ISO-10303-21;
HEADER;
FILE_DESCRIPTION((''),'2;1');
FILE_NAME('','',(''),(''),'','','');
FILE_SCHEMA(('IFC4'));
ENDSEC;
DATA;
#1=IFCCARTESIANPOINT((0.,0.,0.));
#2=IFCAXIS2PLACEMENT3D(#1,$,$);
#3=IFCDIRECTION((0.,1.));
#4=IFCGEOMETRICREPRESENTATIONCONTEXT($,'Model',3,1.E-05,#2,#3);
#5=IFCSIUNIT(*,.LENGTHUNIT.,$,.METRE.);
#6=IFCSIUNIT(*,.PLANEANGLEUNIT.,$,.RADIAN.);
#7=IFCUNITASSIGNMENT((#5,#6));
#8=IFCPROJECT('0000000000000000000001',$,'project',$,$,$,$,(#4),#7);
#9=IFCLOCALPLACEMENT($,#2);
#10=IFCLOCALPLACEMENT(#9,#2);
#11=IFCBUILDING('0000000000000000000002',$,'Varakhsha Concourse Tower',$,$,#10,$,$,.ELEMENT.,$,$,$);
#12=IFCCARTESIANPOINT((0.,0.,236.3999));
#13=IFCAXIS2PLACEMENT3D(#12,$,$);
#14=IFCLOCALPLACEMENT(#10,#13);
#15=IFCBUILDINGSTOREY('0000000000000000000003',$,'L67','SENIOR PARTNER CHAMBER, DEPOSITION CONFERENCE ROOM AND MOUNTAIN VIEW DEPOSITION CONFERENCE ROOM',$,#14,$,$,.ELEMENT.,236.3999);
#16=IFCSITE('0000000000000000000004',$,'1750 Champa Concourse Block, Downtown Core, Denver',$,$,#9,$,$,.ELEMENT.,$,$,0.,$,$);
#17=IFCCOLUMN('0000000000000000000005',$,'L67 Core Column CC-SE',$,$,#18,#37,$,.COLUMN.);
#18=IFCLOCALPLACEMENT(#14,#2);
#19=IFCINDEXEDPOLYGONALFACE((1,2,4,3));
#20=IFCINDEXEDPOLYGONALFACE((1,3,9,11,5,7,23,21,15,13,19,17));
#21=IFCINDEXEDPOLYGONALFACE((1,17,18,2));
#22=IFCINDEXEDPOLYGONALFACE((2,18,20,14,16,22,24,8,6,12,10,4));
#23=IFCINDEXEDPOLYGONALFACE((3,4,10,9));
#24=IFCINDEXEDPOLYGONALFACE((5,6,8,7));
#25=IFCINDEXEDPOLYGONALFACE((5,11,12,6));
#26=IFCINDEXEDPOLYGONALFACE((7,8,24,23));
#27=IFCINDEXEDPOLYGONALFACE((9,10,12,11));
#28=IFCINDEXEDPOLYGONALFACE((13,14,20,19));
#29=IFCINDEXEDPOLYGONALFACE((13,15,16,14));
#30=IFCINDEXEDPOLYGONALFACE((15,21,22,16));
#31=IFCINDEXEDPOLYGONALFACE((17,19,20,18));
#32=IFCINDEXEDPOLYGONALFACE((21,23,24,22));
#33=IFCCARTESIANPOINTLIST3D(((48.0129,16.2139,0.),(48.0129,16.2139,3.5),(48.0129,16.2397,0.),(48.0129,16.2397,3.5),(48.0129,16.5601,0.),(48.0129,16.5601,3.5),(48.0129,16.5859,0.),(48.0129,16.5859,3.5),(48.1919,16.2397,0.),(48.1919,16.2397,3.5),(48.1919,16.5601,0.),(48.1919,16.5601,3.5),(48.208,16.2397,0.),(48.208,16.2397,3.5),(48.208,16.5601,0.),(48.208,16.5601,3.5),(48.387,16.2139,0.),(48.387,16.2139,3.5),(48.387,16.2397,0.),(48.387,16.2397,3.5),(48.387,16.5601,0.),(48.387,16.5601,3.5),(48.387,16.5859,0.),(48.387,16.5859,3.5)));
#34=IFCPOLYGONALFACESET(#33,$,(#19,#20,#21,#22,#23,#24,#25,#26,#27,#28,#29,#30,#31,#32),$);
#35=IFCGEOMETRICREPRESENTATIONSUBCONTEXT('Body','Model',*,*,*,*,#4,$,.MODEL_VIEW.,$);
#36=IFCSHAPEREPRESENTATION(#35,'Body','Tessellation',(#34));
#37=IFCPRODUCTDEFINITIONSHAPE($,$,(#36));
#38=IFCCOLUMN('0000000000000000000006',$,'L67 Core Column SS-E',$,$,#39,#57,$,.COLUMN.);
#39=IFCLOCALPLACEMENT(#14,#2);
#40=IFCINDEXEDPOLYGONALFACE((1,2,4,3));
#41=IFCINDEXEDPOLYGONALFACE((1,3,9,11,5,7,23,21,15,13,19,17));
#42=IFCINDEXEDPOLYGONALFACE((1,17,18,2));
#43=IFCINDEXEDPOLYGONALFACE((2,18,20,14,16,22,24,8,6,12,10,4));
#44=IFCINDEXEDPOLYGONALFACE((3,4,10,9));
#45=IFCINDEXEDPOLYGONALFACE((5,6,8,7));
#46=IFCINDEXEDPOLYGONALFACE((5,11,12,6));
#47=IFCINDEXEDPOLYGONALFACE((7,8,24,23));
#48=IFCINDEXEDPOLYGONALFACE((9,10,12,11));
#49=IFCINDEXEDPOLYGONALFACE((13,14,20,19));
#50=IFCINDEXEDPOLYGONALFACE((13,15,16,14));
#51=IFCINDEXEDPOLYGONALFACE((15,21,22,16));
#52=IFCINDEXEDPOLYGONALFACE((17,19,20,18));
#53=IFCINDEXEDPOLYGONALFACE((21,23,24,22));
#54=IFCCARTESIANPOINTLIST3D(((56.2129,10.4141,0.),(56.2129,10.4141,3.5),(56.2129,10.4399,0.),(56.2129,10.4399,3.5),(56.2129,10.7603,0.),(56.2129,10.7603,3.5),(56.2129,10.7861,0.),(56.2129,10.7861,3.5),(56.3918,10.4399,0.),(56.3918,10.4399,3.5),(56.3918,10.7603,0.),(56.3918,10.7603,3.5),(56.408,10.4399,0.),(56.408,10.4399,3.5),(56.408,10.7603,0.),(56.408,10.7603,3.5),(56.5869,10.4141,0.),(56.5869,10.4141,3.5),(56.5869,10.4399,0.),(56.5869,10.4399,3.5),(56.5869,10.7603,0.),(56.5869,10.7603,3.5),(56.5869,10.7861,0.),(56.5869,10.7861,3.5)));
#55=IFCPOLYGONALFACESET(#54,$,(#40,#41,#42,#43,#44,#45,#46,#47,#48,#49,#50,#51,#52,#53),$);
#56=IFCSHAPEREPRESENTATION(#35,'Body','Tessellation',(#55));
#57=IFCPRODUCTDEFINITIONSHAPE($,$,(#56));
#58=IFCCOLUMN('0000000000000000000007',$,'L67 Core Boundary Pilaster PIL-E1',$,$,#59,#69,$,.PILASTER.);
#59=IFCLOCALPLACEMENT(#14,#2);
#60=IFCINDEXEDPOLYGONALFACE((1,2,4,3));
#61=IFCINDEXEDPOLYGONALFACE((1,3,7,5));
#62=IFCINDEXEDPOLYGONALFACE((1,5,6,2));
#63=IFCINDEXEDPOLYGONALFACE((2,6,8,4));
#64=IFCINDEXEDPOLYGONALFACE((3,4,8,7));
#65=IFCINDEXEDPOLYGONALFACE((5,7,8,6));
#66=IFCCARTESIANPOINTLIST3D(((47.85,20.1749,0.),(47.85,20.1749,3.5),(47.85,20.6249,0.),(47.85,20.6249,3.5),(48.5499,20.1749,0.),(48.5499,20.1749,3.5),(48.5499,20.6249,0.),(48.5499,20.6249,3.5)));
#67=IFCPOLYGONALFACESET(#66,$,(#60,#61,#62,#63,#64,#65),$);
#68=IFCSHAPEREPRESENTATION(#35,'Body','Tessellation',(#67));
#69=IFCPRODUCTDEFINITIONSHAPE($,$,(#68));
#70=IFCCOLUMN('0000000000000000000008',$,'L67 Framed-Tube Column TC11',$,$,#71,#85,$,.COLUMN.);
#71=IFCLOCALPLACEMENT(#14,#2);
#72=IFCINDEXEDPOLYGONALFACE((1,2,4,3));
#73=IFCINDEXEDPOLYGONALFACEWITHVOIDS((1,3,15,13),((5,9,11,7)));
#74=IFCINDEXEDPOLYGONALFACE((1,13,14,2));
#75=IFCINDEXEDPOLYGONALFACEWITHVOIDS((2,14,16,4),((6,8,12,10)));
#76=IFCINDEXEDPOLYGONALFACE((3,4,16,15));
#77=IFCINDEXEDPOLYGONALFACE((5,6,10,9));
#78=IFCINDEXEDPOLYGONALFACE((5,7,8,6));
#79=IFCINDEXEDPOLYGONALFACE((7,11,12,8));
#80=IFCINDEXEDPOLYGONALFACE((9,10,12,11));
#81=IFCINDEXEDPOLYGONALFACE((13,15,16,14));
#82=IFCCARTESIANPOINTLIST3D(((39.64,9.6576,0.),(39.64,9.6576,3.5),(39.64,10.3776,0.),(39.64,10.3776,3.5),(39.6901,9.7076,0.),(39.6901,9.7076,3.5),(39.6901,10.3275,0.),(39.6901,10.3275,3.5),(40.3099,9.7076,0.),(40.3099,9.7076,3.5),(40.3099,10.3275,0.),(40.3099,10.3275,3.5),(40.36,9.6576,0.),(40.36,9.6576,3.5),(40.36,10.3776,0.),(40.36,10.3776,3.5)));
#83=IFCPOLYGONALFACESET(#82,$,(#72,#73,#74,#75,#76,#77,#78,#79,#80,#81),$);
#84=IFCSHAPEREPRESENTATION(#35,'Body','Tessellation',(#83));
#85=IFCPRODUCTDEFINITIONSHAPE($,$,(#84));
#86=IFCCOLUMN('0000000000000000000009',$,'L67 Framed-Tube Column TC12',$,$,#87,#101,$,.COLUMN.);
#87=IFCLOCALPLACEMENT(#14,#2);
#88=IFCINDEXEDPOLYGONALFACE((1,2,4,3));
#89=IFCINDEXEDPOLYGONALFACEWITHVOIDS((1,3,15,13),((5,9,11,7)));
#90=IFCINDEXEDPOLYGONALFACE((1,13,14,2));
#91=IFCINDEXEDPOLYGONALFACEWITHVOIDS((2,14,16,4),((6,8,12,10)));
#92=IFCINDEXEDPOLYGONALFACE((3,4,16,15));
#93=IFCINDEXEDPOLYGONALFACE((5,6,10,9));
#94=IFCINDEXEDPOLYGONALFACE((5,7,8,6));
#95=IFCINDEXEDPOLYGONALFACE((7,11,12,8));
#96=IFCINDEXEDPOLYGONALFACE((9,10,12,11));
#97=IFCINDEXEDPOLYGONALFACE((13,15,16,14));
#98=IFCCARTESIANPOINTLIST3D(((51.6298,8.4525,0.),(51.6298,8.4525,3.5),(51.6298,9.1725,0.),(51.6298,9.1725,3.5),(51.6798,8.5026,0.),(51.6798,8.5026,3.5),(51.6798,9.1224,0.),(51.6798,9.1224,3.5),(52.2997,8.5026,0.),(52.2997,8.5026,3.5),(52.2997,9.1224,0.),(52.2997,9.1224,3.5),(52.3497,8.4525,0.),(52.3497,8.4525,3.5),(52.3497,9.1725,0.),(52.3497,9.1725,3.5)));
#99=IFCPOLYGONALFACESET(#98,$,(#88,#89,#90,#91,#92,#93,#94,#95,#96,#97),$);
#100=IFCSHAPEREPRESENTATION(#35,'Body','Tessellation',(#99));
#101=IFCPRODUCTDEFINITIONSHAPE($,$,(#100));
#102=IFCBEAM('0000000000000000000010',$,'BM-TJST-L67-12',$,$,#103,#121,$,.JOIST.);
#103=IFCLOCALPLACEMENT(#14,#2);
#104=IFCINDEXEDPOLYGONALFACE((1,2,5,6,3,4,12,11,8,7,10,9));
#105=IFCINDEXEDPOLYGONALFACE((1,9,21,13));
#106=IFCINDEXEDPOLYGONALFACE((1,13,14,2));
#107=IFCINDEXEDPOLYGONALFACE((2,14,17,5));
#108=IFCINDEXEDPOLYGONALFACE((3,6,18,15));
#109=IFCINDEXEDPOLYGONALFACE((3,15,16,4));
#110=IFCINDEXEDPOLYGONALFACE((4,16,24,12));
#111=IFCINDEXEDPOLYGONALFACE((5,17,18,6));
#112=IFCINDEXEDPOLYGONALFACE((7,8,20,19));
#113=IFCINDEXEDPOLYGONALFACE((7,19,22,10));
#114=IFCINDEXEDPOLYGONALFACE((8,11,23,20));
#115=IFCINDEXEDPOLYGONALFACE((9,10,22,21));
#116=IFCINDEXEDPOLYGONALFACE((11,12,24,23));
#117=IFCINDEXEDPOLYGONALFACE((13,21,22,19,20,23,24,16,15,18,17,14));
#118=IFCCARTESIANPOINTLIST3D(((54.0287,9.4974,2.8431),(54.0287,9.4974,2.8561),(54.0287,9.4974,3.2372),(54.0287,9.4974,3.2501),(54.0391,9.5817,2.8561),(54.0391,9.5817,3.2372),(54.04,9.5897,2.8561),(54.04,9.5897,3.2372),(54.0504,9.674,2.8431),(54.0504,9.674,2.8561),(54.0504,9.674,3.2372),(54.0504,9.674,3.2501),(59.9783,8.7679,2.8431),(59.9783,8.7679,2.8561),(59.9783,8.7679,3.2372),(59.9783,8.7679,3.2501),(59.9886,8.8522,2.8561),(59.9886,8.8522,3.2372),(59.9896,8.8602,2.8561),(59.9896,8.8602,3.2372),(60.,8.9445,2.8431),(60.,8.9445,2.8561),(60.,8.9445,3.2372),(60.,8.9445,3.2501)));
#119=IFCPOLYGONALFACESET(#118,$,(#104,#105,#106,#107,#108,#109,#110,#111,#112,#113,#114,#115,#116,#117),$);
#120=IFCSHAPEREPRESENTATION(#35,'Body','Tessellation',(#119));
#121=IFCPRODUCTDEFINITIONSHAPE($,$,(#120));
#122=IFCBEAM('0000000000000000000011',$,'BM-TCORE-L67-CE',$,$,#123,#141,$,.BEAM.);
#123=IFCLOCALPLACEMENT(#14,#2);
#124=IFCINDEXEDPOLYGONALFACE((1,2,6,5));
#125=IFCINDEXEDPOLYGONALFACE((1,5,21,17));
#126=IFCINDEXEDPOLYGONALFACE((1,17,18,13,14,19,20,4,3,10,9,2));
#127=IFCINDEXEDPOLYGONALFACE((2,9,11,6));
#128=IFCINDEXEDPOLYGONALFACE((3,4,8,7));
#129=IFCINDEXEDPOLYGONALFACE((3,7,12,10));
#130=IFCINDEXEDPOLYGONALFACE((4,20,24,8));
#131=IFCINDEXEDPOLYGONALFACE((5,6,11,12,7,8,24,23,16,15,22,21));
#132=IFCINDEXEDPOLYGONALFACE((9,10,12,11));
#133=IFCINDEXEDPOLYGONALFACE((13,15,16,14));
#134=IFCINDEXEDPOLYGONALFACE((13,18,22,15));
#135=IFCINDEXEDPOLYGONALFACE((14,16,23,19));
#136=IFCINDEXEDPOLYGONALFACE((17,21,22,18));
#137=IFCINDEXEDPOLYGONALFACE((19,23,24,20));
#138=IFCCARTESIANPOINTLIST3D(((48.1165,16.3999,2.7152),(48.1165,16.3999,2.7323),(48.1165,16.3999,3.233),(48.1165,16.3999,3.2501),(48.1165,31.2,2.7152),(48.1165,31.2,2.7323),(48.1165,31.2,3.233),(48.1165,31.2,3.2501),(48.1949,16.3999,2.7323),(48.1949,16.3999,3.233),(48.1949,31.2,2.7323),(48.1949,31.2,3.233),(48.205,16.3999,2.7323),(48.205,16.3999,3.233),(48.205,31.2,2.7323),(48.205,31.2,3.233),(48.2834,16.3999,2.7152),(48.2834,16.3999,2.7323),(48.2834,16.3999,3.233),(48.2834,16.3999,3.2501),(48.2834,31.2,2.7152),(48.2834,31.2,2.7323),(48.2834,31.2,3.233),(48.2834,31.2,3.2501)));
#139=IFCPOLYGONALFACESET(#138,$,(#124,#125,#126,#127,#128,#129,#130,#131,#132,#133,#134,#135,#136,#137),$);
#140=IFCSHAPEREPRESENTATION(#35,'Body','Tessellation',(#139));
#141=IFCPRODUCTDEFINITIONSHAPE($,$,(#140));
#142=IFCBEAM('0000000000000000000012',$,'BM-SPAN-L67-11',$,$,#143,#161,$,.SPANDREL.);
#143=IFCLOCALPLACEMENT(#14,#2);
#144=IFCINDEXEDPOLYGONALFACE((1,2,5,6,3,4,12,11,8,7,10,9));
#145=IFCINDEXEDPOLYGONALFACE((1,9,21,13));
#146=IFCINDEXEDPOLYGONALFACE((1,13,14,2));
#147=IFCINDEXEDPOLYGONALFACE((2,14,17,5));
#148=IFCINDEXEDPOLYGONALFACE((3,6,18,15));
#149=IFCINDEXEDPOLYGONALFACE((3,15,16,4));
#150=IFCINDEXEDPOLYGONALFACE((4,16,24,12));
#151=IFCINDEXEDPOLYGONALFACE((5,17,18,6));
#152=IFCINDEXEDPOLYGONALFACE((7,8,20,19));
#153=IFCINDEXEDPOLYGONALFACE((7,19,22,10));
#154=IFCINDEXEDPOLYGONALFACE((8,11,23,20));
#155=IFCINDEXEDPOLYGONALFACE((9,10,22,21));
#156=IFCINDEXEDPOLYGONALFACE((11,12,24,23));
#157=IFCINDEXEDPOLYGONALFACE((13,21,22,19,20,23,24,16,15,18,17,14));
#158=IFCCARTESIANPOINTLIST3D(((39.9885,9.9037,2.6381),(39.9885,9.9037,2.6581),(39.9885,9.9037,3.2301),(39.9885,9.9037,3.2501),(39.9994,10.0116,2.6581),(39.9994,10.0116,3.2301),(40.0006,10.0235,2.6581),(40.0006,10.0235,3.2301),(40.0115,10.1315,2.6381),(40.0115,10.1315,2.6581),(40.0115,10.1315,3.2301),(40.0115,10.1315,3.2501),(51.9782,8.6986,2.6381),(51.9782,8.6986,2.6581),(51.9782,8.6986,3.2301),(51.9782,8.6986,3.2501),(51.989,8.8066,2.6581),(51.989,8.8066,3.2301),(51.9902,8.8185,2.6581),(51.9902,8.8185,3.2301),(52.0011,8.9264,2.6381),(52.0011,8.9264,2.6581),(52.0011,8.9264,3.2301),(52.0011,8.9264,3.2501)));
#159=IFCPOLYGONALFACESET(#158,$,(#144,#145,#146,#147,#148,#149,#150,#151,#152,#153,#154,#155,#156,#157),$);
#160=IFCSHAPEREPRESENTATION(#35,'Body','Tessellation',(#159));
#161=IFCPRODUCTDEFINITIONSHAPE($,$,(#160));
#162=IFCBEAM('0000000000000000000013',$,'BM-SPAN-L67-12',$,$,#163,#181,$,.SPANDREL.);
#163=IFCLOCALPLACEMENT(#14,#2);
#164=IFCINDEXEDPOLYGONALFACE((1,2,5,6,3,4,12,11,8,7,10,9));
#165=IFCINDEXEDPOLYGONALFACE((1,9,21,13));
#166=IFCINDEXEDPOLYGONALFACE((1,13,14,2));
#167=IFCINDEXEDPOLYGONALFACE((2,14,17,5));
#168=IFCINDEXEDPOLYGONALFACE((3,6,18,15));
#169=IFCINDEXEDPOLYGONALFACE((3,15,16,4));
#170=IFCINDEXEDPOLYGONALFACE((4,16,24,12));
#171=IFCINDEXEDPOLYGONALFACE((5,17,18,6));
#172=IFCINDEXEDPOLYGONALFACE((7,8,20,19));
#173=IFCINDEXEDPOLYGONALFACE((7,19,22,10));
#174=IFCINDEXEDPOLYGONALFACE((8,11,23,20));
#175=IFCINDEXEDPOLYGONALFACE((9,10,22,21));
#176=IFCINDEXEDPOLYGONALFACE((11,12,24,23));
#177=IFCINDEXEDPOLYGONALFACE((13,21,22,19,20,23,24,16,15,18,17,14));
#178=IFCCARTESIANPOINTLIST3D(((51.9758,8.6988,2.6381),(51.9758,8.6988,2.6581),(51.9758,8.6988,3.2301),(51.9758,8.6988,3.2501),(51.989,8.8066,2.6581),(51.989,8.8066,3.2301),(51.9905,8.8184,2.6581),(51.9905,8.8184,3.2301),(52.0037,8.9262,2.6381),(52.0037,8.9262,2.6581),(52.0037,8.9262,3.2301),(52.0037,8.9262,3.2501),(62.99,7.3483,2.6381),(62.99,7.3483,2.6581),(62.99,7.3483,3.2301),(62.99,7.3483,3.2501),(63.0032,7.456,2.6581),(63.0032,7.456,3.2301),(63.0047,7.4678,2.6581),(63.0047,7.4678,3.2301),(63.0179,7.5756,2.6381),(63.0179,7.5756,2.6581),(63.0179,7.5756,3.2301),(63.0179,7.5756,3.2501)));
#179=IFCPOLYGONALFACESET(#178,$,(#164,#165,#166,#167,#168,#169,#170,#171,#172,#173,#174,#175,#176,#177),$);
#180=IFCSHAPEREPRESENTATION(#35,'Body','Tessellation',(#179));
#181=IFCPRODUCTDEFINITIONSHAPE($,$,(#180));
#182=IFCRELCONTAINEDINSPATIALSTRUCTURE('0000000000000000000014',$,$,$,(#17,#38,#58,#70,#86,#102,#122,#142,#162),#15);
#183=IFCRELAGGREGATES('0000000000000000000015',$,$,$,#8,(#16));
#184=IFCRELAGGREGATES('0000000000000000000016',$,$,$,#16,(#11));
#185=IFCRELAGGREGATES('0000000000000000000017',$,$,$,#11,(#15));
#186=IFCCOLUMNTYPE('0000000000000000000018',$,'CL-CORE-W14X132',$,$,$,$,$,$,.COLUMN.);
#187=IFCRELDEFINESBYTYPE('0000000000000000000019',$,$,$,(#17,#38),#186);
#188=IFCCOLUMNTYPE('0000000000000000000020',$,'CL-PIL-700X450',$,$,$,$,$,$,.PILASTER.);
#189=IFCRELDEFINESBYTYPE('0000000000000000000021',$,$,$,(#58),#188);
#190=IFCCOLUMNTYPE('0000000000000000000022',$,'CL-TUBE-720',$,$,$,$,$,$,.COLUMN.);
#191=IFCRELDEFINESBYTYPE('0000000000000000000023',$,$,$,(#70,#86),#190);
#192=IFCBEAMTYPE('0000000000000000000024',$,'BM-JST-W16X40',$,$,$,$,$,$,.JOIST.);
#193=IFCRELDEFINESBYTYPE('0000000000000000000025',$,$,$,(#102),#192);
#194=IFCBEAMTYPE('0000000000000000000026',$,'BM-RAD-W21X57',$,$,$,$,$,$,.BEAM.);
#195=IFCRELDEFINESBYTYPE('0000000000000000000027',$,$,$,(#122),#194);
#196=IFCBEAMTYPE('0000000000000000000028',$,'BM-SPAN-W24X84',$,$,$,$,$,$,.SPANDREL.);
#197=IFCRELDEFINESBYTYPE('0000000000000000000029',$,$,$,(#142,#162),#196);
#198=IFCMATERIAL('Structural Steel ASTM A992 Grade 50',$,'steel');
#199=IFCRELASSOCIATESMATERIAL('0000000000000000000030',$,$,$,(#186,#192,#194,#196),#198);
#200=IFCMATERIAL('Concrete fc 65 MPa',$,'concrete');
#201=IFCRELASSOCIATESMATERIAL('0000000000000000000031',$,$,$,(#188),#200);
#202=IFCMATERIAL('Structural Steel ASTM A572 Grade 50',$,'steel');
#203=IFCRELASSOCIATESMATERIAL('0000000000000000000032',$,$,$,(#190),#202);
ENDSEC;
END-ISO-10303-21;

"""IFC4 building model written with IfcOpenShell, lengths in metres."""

from ifc_helpers import new_model, si_unit, direction, frame, origin, origin_2d, place, context, subcontext, project, spatial, rectangle, hollow_rectangle, i_section, extrude, material, material_profile, profile_set, type_object, element, save


model = new_model("IFC4")

# Units and contexts
model_context = context("Model", 3, precision=1e-05, world=origin(), true_north=direction((0.0, 1.0)))
body_context = subcontext(model_context, "Body", "Model", "MODEL_VIEW")
ifc_project = project(units=[si_unit("LENGTHUNIT", "METRE"), si_unit("PLANEANGLEUNIT", "RADIAN")], contexts=[model_context])

# Site, building, storey
site_placement = place(None, origin())
site = spatial("IfcSite", under=ifc_project, at=site_placement, Name="1750 Champa Concourse Block, Downtown Core, Denver", CompositionType="ELEMENT", RefElevation=0.0)
building_placement = place(site_placement, origin())
building = spatial("IfcBuilding", under=site, at=building_placement, Name="Varakhsha Concourse Tower", CompositionType="ELEMENT")
storey_placement = place(building_placement, frame((0.0, 0.0, 236.3999)))
storey = spatial("IfcBuildingStorey", under=building, at=storey_placement, Name="L67", Description="SENIOR PARTNER CHAMBER, DEPOSITION CONFERENCE ROOM AND MOUNTAIN VIEW DEPOSITION CONFERENCE ROOM", CompositionType="ELEMENT", Elevation=236.3999)

# Columns
ifc_material_1 = material(Name="Structural Steel ASTM A992 Grade 50", Category="steel")
ifc_material_profile_1 = material_profile(ifc_material_1, i_section(OverallWidth=0.374, OverallDepth=0.3721, WebThickness=0.0161, FlangeThickness=0.0259, at=origin_2d()), Name="W14X132")
ifc_profile_set_1 = profile_set([ifc_material_profile_1], Name="Structural Steel ASTM A992 Grade 50")
column_type_1 = type_object("IfcColumnType", Name="CL-CORE-W14X132", PredefinedType="COLUMN", material=ifc_profile_set_1)
for number, where, z_axis, x_axis, name in (
    (1, (48.2, 16.3999, 0.0), (0.0, 0.0, 1.0), (1.0, 0.0, 0.0), "L67 Core Column CC-SE"),
    (2, (56.3999, 10.6001, 0.0), (0.0, 0.0, 1.0), (1.0, 0.0, 0.0), "L67 Core Column SS-E"),
):
    element("IfcColumn", number, at=place(storey_placement, frame(where, z_axis=z_axis, x_axis=x_axis)), inside=storey, type_object=column_type_1, Name=name, PredefinedType="COLUMN", context=body_context, shape_type="SweptSolid", body=[
        extrude(i_section(OverallWidth=0.374, OverallDepth=0.3721, WebThickness=0.0161, FlangeThickness=0.0259, at=origin_2d()), origin(), (0.0, 0.0, 1.0), 3.5),
    ])
ifc_material_2 = material(Name="Concrete fc 65 MPa", Category="concrete")
ifc_material_profile_2 = material_profile(ifc_material_2, rectangle(XDim=0.7, YDim=0.45, at=origin_2d()), Name="RC 700x450")
ifc_profile_set_2 = profile_set([ifc_material_profile_2], Name="Concrete fc 65 MPa")
column_type_2 = type_object("IfcColumnType", Name="CL-PIL-700X450", PredefinedType="PILASTER", material=ifc_profile_set_2)
column_placement = place(storey_placement, frame((48.2, 20.3999, 0.0), z_axis=(0.0, 0.0, 1.0), x_axis=(1.0, 0.0, 0.0)))
element("IfcColumn", 3, at=column_placement, inside=storey, type_object=column_type_2, Name="L67 Core Boundary Pilaster PIL-E1", PredefinedType="PILASTER", context=body_context, shape_type="SweptSolid", body=[
    extrude(rectangle(XDim=0.7, YDim=0.45, at=origin_2d()), origin(), (0.0, 0.0, 1.0), 3.5),
])
ifc_material_3 = material(Name="Structural Steel ASTM A572 Grade 50", Category="steel")
ifc_material_profile_3 = material_profile(ifc_material_3, hollow_rectangle(XDim=0.72, YDim=0.72, WallThickness=0.05, at=origin_2d()), Name="BOX 720x720x50")
ifc_profile_set_3 = profile_set([ifc_material_profile_3], Name="Structural Steel ASTM A572 Grade 50")
column_type_3 = type_object("IfcColumnType", Name="CL-TUBE-720", PredefinedType="COLUMN", material=ifc_profile_set_3)
for number, where, z_axis, x_axis, name in (
    (4, (40.0, 10.0176, 0.0), (0.0, 0.0, 1.0), (1.0, 0.0, 0.0), "L67 Framed-Tube Column TC11"),
    (5, (51.9897, 8.8125, 0.0), (0.0, 0.0, 1.0), (1.0, 0.0, 0.0), "L67 Framed-Tube Column TC12"),
):
    element("IfcColumn", number, at=place(storey_placement, frame(where, z_axis=z_axis, x_axis=x_axis)), inside=storey, type_object=column_type_3, Name=name, PredefinedType="COLUMN", context=body_context, shape_type="SweptSolid", body=[
        extrude(hollow_rectangle(XDim=0.72, YDim=0.72, WallThickness=0.05, at=origin_2d()), origin(), (0.0, 0.0, 1.0), 3.5),
    ])

# Beams
ifc_material_profile_4 = material_profile(ifc_material_1, i_section(OverallWidth=0.178, OverallDepth=0.407, WebThickness=0.0081, FlangeThickness=0.0129, at=origin_2d()), Name="W16X40")
ifc_profile_set_4 = profile_set([ifc_material_profile_4], Name="Structural Steel ASTM A992 Grade 50")
beam_type_1 = type_object("IfcBeamType", Name="BM-JST-W16X40", PredefinedType="JOIST", material=ifc_profile_set_4)
beam_1_placement = place(storey_placement, frame((54.0396, 9.5857, 3.0466), z_axis=(0.992567, -0.121703, 0.0), x_axis=(0.121703, 0.992567, 0.0)))
element("IfcBeam", 6, at=beam_1_placement, inside=storey, type_object=beam_type_1, Name="BM-TJST-L67-12", PredefinedType="JOIST", context=body_context, shape_type="SweptSolid", body=[
    extrude(i_section(OverallWidth=0.178, OverallDepth=0.407, WebThickness=0.0081, FlangeThickness=0.0129, at=origin_2d()), origin(), (0.0, 0.0, 1.0), 5.9941),
])
ifc_material_profile_5 = material_profile(ifc_material_1, i_section(OverallWidth=0.167, OverallDepth=0.5349, WebThickness=0.01, FlangeThickness=0.0171, at=origin_2d()), Name="W21X57")
ifc_profile_set_5 = profile_set([ifc_material_profile_5], Name="Structural Steel ASTM A992 Grade 50")
beam_type_2 = type_object("IfcBeamType", Name="BM-RAD-W21X57", PredefinedType="BEAM", material=ifc_profile_set_5)
beam_2_placement = place(storey_placement, frame((48.2, 16.3999, 2.9827), z_axis=(0.0, 1.0, 0.0), x_axis=(-1.0, 0.0, 0.0)))
element("IfcBeam", 7, at=beam_2_placement, inside=storey, type_object=beam_type_2, Name="BM-TCORE-L67-CE", PredefinedType="BEAM", context=body_context, shape_type="SweptSolid", body=[
    extrude(i_section(OverallWidth=0.167, OverallDepth=0.5349, WebThickness=0.01, FlangeThickness=0.0171, at=origin_2d()), origin(), (0.0, 0.0, 1.0), 14.8),
])
ifc_material_profile_6 = material_profile(ifc_material_1, i_section(OverallWidth=0.229, OverallDepth=0.6121, WebThickness=0.012, FlangeThickness=0.02, at=origin_2d()), Name="W24X84")
ifc_profile_set_6 = profile_set([ifc_material_profile_6], Name="Structural Steel ASTM A992 Grade 50")
beam_type_3 = type_object("IfcBeamType", Name="BM-SPAN-W24X84", PredefinedType="SPANDREL", material=ifc_profile_set_6)
beam_3_placement = place(storey_placement, frame((40.0, 10.0176, 2.9441), z_axis=(0.994987, -0.100005, 0.0), x_axis=(0.100005, 0.994987, 0.0)))
element("IfcBeam", 8, at=beam_3_placement, inside=storey, type_object=beam_type_3, Name="BM-SPAN-L67-11", PredefinedType="SPANDREL", context=body_context, shape_type="SweptSolid", body=[
    extrude(i_section(OverallWidth=0.229, OverallDepth=0.6121, WebThickness=0.012, FlangeThickness=0.02, at=origin_2d()), origin(), (0.0, 0.0, 1.0), 12.05),
])
beam_4_placement = place(storey_placement, frame((51.9897, 8.8125, 2.9441), z_axis=(0.992566, -0.121711, 0.0), x_axis=(0.121711, 0.992566, 0.0)))
element("IfcBeam", 9, at=beam_4_placement, inside=storey, type_object=beam_type_3, Name="BM-SPAN-L67-12", PredefinedType="SPANDREL", context=body_context, shape_type="SweptSolid", body=[
    extrude(i_section(OverallWidth=0.229, OverallDepth=0.6121, WebThickness=0.012, FlangeThickness=0.02, at=origin_2d()), origin(), (0.0, 0.0, 1.0), 11.0967),
])

save(model, "model.ifc")
